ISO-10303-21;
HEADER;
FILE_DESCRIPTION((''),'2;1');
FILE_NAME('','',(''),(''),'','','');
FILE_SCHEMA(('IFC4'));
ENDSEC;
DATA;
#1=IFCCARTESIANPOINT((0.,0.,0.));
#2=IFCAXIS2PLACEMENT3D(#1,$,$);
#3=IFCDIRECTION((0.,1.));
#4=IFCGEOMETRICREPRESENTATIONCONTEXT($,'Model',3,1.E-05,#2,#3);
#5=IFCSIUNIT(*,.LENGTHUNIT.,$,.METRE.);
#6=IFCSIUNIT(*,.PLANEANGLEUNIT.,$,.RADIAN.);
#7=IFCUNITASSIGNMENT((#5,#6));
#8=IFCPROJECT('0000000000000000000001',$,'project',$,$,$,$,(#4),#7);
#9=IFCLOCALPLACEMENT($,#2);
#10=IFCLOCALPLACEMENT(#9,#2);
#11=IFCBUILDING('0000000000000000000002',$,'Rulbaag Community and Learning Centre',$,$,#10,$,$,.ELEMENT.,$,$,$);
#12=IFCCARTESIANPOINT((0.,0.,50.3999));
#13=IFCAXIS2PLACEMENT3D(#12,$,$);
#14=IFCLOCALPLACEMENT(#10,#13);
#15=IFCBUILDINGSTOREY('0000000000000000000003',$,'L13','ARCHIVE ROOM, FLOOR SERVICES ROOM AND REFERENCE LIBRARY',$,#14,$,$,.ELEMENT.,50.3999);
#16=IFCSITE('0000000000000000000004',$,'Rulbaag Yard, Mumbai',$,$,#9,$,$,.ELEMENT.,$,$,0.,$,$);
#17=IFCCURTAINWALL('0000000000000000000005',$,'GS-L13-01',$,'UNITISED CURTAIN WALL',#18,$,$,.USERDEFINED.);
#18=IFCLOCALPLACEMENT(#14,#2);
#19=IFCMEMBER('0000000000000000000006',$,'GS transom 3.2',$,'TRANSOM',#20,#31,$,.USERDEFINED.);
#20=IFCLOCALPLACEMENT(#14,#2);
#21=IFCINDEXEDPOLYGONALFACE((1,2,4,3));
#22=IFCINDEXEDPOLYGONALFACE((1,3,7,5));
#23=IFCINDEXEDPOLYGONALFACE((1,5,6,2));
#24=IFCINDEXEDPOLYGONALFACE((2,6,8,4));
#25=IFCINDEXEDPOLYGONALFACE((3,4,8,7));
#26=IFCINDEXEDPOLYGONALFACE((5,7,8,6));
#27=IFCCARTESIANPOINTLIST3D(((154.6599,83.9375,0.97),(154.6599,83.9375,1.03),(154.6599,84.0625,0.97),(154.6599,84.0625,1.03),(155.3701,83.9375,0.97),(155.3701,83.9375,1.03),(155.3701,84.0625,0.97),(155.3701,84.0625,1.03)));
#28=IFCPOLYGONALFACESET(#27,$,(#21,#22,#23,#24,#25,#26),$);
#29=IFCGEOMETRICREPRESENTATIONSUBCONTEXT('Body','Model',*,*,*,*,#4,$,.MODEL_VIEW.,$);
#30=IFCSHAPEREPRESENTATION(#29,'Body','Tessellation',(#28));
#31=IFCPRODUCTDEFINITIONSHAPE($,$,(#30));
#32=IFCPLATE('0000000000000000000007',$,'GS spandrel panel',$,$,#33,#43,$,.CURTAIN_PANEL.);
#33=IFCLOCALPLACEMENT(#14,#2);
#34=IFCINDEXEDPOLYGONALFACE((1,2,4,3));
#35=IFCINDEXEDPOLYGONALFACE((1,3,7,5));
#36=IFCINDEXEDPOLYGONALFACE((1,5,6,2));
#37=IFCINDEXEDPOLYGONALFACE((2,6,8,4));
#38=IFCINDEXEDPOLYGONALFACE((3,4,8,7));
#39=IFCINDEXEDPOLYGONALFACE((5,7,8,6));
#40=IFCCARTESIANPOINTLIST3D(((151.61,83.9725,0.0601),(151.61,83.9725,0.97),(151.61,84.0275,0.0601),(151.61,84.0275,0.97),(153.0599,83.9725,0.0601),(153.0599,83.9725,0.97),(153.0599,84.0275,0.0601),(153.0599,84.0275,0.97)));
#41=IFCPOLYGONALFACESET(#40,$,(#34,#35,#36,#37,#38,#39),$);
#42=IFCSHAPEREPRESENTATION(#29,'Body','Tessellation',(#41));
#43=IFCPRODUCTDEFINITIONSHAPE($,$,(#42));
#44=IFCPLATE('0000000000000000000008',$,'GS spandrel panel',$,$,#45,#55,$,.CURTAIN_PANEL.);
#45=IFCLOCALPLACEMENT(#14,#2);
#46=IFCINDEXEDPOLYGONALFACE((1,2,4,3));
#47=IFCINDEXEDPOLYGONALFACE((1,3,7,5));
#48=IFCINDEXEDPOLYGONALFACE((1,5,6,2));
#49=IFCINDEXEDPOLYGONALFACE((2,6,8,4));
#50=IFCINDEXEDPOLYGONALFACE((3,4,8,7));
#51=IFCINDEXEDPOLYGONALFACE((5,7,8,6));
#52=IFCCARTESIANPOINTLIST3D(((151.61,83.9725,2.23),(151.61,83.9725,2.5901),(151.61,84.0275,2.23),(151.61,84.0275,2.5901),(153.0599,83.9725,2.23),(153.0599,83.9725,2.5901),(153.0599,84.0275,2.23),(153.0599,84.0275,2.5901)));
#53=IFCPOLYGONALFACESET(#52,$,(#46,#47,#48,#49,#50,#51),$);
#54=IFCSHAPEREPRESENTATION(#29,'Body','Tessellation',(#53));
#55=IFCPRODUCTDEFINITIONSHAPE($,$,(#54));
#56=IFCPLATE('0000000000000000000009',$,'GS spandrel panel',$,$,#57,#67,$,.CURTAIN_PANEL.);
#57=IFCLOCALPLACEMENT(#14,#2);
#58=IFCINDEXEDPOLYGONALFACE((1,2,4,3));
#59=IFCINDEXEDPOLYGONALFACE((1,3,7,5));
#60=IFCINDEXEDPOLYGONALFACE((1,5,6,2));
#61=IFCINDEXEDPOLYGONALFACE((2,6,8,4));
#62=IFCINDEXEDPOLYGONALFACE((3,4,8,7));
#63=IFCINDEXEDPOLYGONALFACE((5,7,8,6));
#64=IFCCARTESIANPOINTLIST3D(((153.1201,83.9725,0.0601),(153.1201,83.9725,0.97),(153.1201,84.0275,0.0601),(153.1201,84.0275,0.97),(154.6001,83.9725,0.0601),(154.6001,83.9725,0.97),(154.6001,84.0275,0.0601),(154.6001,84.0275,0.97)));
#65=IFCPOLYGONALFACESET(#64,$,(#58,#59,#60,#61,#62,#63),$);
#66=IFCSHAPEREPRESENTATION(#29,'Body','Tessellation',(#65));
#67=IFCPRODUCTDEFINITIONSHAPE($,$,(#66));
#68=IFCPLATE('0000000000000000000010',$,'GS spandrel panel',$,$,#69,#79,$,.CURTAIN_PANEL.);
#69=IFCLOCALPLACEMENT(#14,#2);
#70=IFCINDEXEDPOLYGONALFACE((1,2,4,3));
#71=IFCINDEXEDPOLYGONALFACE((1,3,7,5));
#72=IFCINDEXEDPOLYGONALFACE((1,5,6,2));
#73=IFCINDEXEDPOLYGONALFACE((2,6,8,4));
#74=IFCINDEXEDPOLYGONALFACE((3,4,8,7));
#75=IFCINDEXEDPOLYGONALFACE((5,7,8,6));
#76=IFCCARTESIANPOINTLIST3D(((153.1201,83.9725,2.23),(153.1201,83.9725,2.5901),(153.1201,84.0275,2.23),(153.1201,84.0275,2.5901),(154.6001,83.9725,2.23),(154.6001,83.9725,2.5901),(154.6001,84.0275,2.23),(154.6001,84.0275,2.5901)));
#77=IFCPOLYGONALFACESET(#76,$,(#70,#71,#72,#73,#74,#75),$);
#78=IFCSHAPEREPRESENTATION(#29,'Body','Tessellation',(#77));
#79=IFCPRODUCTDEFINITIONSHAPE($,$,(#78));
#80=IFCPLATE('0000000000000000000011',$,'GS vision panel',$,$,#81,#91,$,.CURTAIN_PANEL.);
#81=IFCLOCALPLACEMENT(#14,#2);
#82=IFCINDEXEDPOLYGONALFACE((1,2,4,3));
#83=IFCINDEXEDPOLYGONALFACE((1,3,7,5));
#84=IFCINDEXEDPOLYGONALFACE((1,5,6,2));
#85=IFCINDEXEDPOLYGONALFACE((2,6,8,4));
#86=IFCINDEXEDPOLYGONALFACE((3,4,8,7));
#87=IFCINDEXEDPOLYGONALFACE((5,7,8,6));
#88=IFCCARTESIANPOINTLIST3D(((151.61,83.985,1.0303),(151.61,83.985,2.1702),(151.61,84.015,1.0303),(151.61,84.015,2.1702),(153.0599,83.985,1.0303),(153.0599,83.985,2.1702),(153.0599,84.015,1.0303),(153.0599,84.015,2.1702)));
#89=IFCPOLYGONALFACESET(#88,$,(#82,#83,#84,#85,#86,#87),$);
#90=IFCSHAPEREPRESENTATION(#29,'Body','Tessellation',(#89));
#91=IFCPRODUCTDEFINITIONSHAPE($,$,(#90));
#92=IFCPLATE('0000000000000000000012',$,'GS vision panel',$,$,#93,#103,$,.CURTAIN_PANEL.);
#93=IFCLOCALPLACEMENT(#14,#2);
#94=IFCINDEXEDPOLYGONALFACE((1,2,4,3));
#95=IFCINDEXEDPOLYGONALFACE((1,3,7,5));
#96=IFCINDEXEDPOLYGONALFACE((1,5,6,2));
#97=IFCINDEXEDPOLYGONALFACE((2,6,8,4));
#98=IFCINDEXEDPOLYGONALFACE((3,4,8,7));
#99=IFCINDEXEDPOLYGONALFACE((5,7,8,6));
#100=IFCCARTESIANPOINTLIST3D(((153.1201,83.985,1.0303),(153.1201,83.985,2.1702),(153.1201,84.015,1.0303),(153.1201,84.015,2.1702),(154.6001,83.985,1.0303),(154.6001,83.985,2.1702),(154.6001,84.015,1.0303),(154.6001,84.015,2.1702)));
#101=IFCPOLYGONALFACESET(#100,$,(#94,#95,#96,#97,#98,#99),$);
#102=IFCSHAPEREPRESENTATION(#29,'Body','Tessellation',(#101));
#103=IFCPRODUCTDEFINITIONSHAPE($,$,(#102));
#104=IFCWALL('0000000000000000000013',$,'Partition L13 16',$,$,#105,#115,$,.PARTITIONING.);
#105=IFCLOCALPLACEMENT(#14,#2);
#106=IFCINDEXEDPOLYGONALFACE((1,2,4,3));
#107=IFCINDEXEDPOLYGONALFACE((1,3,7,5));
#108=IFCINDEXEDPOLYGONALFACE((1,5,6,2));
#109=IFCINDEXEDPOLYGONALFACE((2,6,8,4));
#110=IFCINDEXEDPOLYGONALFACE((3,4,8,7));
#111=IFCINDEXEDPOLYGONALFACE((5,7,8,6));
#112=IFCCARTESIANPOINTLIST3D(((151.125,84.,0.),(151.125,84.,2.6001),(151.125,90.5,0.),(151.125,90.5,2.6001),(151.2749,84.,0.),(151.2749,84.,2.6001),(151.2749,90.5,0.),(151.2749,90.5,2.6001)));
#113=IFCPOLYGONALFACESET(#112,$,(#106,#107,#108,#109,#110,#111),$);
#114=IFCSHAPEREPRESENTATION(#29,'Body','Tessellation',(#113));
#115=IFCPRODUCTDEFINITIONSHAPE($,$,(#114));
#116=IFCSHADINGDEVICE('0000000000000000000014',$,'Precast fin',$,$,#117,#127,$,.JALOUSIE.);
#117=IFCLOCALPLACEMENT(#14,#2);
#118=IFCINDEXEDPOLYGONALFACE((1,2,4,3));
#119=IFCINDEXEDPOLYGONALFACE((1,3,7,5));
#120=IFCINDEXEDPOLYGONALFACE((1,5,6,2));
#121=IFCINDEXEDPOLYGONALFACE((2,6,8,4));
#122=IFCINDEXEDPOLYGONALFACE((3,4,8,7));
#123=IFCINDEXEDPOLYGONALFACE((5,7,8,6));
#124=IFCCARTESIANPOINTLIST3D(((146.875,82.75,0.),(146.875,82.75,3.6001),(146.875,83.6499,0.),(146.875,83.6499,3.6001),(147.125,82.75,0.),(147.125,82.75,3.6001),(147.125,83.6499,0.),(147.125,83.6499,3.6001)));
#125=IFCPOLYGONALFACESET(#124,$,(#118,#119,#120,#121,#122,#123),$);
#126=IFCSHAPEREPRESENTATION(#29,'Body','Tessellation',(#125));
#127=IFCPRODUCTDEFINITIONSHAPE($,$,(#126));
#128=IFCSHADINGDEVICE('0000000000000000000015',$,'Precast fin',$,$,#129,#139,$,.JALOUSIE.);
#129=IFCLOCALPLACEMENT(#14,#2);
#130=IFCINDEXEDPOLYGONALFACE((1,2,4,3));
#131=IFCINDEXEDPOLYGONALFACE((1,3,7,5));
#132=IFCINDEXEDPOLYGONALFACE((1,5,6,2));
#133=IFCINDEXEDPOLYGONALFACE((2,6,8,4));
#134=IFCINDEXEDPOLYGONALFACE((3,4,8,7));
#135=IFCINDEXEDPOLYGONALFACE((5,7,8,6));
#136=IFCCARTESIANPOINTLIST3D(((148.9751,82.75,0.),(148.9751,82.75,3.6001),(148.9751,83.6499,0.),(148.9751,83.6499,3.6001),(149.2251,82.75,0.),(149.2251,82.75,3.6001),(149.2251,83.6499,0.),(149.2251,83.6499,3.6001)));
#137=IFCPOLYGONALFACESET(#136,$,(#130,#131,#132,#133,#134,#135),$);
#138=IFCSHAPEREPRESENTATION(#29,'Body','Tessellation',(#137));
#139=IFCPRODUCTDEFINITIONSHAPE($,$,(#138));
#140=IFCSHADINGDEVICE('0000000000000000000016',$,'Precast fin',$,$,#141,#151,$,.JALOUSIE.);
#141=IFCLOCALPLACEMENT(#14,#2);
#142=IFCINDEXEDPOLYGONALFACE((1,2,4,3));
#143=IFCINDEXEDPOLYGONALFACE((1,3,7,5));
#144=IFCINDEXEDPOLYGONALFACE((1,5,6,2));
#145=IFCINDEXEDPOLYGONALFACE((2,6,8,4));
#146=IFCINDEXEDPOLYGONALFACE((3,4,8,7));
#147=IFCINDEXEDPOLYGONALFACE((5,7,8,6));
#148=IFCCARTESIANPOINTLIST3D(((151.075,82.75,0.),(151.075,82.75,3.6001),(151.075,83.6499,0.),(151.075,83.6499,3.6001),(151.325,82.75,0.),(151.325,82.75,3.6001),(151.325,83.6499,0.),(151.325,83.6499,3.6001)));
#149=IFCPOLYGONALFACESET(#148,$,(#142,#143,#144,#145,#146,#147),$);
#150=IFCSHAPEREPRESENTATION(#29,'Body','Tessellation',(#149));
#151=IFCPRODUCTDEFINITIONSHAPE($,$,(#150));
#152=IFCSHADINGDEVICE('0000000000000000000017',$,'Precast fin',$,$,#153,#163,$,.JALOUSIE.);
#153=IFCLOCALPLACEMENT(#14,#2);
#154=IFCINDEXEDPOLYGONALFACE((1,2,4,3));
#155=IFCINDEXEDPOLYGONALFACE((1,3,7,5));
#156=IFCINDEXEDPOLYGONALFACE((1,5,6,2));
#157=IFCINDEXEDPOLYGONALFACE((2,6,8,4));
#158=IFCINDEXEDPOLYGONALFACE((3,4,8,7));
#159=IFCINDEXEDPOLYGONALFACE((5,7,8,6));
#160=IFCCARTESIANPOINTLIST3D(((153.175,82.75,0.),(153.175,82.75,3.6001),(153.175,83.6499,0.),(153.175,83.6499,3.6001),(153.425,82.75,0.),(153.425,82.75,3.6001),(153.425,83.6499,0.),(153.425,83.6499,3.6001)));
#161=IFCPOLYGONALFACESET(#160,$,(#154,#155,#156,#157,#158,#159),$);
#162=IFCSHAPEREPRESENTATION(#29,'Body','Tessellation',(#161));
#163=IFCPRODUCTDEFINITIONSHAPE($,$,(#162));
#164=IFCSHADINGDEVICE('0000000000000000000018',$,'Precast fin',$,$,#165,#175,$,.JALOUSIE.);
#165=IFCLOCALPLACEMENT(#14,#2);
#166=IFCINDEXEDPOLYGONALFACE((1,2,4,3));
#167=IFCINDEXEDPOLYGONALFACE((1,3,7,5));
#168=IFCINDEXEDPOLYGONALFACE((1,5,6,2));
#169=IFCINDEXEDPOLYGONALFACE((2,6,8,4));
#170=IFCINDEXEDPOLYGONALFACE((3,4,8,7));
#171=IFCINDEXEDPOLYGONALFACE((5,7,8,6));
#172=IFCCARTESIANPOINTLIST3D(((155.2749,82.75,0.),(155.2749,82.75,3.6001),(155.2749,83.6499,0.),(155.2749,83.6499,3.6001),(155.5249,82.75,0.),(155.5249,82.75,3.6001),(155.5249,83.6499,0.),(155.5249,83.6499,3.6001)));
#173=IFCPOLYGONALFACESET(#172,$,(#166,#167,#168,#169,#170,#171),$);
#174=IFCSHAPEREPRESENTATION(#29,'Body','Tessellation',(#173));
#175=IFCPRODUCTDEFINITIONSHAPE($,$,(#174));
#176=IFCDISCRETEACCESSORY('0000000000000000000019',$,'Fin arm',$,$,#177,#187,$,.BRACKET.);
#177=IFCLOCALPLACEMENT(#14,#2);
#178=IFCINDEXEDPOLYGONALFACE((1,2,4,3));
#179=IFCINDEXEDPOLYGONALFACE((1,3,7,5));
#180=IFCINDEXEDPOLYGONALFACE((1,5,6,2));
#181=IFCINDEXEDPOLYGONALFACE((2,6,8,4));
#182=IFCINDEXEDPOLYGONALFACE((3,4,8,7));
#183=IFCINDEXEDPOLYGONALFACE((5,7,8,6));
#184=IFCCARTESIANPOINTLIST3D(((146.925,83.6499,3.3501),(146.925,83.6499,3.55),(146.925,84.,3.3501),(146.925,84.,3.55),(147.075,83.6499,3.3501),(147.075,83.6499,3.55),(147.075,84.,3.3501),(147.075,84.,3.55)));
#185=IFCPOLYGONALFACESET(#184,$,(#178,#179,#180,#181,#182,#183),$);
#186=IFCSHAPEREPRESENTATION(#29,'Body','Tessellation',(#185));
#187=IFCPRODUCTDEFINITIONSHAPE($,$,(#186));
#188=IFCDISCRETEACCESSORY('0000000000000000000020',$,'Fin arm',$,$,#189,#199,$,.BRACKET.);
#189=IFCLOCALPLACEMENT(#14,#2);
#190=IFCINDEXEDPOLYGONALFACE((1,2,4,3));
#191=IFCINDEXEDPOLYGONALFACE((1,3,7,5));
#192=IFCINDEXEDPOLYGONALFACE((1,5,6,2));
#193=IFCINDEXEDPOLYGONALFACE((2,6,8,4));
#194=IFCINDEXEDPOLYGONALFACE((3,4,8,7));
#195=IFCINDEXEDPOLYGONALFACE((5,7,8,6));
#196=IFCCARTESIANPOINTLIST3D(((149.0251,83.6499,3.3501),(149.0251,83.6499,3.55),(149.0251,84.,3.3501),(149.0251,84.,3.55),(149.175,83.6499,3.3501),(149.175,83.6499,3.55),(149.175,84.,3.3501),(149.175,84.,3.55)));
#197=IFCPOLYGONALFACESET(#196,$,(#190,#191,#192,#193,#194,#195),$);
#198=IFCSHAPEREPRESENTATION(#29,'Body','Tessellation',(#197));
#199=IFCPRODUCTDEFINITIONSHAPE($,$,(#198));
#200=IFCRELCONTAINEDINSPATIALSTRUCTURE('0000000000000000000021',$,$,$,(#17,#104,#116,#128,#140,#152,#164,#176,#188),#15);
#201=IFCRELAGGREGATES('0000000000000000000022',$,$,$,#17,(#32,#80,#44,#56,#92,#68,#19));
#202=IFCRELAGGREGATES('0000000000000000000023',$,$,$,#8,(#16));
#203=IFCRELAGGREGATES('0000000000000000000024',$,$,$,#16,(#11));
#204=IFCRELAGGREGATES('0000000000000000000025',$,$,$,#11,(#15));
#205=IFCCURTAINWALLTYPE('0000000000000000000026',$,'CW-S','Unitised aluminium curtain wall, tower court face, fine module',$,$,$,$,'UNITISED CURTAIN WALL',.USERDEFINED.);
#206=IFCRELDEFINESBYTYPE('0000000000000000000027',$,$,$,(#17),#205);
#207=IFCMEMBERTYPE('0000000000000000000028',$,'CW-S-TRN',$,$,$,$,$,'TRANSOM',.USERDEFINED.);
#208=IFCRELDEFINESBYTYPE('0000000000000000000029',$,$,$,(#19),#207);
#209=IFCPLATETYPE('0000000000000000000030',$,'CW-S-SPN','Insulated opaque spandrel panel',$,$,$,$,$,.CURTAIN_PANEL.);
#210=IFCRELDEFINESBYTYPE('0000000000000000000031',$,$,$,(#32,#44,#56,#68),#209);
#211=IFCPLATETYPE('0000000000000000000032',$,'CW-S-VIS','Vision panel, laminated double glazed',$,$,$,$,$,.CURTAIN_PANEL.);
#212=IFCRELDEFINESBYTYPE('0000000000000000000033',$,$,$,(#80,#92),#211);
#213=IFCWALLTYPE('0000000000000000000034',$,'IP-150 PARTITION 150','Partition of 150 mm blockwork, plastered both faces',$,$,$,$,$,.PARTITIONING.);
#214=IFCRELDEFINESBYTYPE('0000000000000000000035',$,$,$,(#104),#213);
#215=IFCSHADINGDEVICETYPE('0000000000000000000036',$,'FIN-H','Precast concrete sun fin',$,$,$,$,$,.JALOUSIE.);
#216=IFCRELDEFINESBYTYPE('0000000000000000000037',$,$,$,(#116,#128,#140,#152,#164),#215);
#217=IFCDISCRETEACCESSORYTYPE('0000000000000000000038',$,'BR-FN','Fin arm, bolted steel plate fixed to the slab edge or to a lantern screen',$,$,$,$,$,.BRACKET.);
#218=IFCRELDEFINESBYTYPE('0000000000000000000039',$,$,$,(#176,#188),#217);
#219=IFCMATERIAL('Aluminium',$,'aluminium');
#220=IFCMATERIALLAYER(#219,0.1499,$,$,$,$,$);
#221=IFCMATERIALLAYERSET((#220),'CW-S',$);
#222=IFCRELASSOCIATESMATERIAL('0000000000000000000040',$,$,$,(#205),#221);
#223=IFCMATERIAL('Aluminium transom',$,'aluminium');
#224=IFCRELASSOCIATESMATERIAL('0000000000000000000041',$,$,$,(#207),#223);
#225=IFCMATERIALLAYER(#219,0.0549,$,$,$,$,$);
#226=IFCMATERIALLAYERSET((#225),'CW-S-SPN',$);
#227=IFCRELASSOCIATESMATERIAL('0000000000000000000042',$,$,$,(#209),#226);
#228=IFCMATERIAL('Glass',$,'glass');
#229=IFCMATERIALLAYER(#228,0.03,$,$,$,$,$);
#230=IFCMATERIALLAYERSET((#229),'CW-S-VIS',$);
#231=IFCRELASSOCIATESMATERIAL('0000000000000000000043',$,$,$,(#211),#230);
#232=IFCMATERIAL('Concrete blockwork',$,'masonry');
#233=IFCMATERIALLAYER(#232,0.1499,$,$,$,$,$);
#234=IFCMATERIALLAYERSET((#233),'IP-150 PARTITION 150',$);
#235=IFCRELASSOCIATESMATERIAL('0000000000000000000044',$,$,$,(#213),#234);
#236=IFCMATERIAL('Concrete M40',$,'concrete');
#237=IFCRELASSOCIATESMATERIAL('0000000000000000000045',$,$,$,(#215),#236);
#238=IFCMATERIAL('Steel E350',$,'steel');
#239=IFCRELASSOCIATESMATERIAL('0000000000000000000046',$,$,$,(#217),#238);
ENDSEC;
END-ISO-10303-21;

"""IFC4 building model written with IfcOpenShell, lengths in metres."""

from ifc_helpers import new_model, si_unit, direction, frame, frame_2d, origin, origin_2d, place, context, subcontext, project, spatial, rectangle, extrude, material, layer, layer_set, material_profile, profile_set, type_object, element, aggregate, save


model = new_model("IFC4")

# Units and contexts
model_context = context("Model", 3, precision=1e-05, world=origin(), true_north=direction((0.0, 1.0)))
body_context = subcontext(model_context, "Body", "Model", "MODEL_VIEW")
ifc_project = project(units=[si_unit("LENGTHUNIT", "METRE"), si_unit("PLANEANGLEUNIT", "RADIAN")], contexts=[model_context])

# Site, building, storey
site_placement = place(None, origin())
site = spatial("IfcSite", under=ifc_project, at=site_placement, Name="Rulbaag Yard, Mumbai", CompositionType="ELEMENT", RefElevation=0.0)
building_placement = place(site_placement, origin())
building = spatial("IfcBuilding", under=site, at=building_placement, Name="Rulbaag Community and Learning Centre", CompositionType="ELEMENT")
storey_placement = place(building_placement, frame((0.0, 0.0, 50.3999)))
storey = spatial("IfcBuildingStorey", under=building, at=storey_placement, Name="L13", Description="ARCHIVE ROOM, FLOOR SERVICES ROOM AND REFERENCE LIBRARY", CompositionType="ELEMENT", Elevation=50.3999)

# Shared definitions
ifc_material_1 = material(Name="Concrete M40", Category="concrete")

# Curtain wall, member, plates
ifc_material_2 = material(Name="Aluminium", Category="aluminium")
ifc_layer_1 = layer(ifc_material_2, 0.1499)
ifc_layer_set_1 = layer_set([ifc_layer_1], Name="CW-S")
curtain_wall_type = type_object("IfcCurtainWallType", Name="CW-S", Description="Unitised aluminium curtain wall, tower court face, fine module", ElementType="UNITISED CURTAIN WALL", PredefinedType="USERDEFINED", material=ifc_layer_set_1)
curtain_wall_placement = place(storey_placement, origin())
curtain_wall = element("IfcCurtainWall", 1, at=curtain_wall_placement, inside=storey, type_object=curtain_wall_type, Name="GS-L13-01", ObjectType="UNITISED CURTAIN WALL", PredefinedType="USERDEFINED")
ifc_material_3 = material(Name="Aluminium transom", Category="aluminium")
ifc_material_profile_1 = material_profile(ifc_material_3, rectangle(XDim=0.125, YDim=0.0601, at=origin_2d()), Name="AL 60x125 T")
ifc_profile_set_1 = profile_set([ifc_material_profile_1], Name="Aluminium transom")
member_type_1 = type_object("IfcMemberType", Name="CW-S-TRN", ElementType="TRANSOM", PredefinedType="USERDEFINED", material=ifc_profile_set_1)
member_1_placement = place(storey_placement, frame((154.6599, 84.0, 1.0), z_axis=(1.0, 0.0, 0.0), x_axis=(0.0, 1.0, 0.0)))
member_1 = element("IfcMember", 2, at=member_1_placement, type_object=member_type_1, Name="GS transom 3.2", ObjectType="TRANSOM", PredefinedType="USERDEFINED", context=body_context, shape_type="SweptSolid", body=[
    extrude(rectangle(XDim=0.125, YDim=0.0601, at=origin_2d()), origin(), (0.0, 0.0, 1.0), 0.7102),
])
ifc_layer_2 = layer(ifc_material_2, 0.0549)
ifc_layer_set_2 = layer_set([ifc_layer_2], Name="CW-S-SPN")
plate_type_1 = type_object("IfcPlateType", Name="CW-S-SPN", Description="Insulated opaque spandrel panel", PredefinedType="CURTAIN_PANEL", material=ifc_layer_set_2)
plate_1_placement = place(storey_placement, frame((152.335, 84.0, 0.0601), z_axis=(0.0, 0.0, 1.0), x_axis=(1.0, 0.0, 0.0)))
plate_1 = element("IfcPlate", 3, at=plate_1_placement, type_object=plate_type_1, Name="GS spandrel panel", PredefinedType="CURTAIN_PANEL", context=body_context, shape_type="SweptSolid", body=[
    extrude(rectangle(XDim=1.45, YDim=0.0549, at=origin_2d()), origin(), (0.0, 0.0, 1.0), 0.9099),
])
plate_2_placement = place(storey_placement, frame((152.335, 84.0, 2.23), z_axis=(0.0, 0.0, 1.0), x_axis=(1.0, 0.0, 0.0)))
plate_2 = element("IfcPlate", 4, at=plate_2_placement, type_object=plate_type_1, Name="GS spandrel panel", PredefinedType="CURTAIN_PANEL", context=body_context, shape_type="SweptSolid", body=[
    extrude(rectangle(XDim=1.45, YDim=0.0549, at=origin_2d()), origin(), (0.0, 0.0, 1.0), 0.3601),
])
plate_3_placement = place(storey_placement, frame((153.8601, 84.0, 0.0601), z_axis=(0.0, 0.0, 1.0), x_axis=(1.0, 0.0, 0.0)))
plate_3 = element("IfcPlate", 5, at=plate_3_placement, type_object=plate_type_1, Name="GS spandrel panel", PredefinedType="CURTAIN_PANEL", context=body_context, shape_type="SweptSolid", body=[
    extrude(rectangle(XDim=1.48, YDim=0.0549, at=origin_2d()), origin(), (0.0, 0.0, 1.0), 0.9099),
])
plate_4_placement = place(storey_placement, frame((153.8601, 84.0, 2.23), z_axis=(0.0, 0.0, 1.0), x_axis=(1.0, 0.0, 0.0)))
plate_4 = element("IfcPlate", 6, at=plate_4_placement, type_object=plate_type_1, Name="GS spandrel panel", PredefinedType="CURTAIN_PANEL", context=body_context, shape_type="SweptSolid", body=[
    extrude(rectangle(XDim=1.48, YDim=0.0549, at=origin_2d()), origin(), (0.0, 0.0, 1.0), 0.3601),
])
ifc_material_4 = material(Name="Glass", Category="glass")
ifc_layer_3 = layer(ifc_material_4, 0.03)
ifc_layer_set_3 = layer_set([ifc_layer_3], Name="CW-S-VIS")
plate_type_2 = type_object("IfcPlateType", Name="CW-S-VIS", Description="Vision panel, laminated double glazed", PredefinedType="CURTAIN_PANEL", material=ifc_layer_set_3)
plate_5_placement = place(storey_placement, frame((152.335, 84.0, 1.0303), z_axis=(0.0, 0.0, 1.0), x_axis=(1.0, 0.0, 0.0)))
plate_5 = element("IfcPlate", 7, at=plate_5_placement, type_object=plate_type_2, Name="GS vision panel", PredefinedType="CURTAIN_PANEL", context=body_context, shape_type="SweptSolid", body=[
    extrude(rectangle(XDim=1.45, YDim=0.03, at=origin_2d()), origin(), (0.0, 0.0, 1.0), 1.1399),
])
plate_6_placement = place(storey_placement, frame((153.8601, 84.0, 1.0303), z_axis=(0.0, 0.0, 1.0), x_axis=(1.0, 0.0, 0.0)))
plate_6 = element("IfcPlate", 8, at=plate_6_placement, type_object=plate_type_2, Name="GS vision panel", PredefinedType="CURTAIN_PANEL", context=body_context, shape_type="SweptSolid", body=[
    extrude(rectangle(XDim=1.48, YDim=0.03, at=origin_2d()), origin(), (0.0, 0.0, 1.0), 1.1399),
])
aggregate(curtain_wall, [plate_1, plate_5, plate_2, plate_3, plate_6, plate_4, member_1])

# Wall
ifc_material_5 = material(Name="Concrete blockwork", Category="masonry")
ifc_layer_4 = layer(ifc_material_5, 0.1499)
ifc_layer_set_4 = layer_set([ifc_layer_4], Name="IP-150 PARTITION 150")
wall_type = type_object("IfcWallType", Name="IP-150 PARTITION 150", Description="Partition of 150 mm blockwork, plastered both faces", PredefinedType="PARTITIONING", material=ifc_layer_set_4)
wall_placement = place(storey_placement, frame((151.2, 84.0, 0.0), z_axis=(0.0, 0.0, 1.0), x_axis=(0.0, 1.0, 0.0)))
element("IfcWall", 9, at=wall_placement, inside=storey, type_object=wall_type, Name="Partition L13 16", PredefinedType="PARTITIONING", context=body_context, shape_type="SweptSolid", body=[
    extrude(rectangle(XDim=6.5, YDim=0.1499, at=frame_2d((3.25, 0.0))), origin(), (0.0, 0.0, 1.0), 2.6001),
])

# Shading devices
ifc_material_profile_2 = material_profile(ifc_material_1, rectangle(XDim=0.25, YDim=0.8999, at=origin_2d()), Name="PC 250x900")
ifc_profile_set_2 = profile_set([ifc_material_profile_2], Name="Concrete M40")
shading_device_type = type_object("IfcShadingDeviceType", Name="FIN-H", Description="Precast concrete sun fin", PredefinedType="JALOUSIE", material=ifc_profile_set_2)
for number, where, z_axis, x_axis, name in (
    (10, (147.0, 83.2, 0.0), (0.0, 0.0, 1.0), (1.0, 0.0, 0.0), "Precast fin"),
    (11, (149.1001, 83.2, 0.0), (0.0, 0.0, 1.0), (1.0, 0.0, 0.0), "Precast fin"),
    (12, (151.2, 83.2, 0.0), (0.0, 0.0, 1.0), (1.0, 0.0, 0.0), "Precast fin"),
    (13, (153.3, 83.2, 0.0), (0.0, 0.0, 1.0), (1.0, 0.0, 0.0), "Precast fin"),
    (14, (155.3999, 83.2, 0.0), (0.0, 0.0, 1.0), (1.0, 0.0, 0.0), "Precast fin"),
):
    element("IfcShadingDevice", number, at=place(storey_placement, frame(where, z_axis=z_axis, x_axis=x_axis)), inside=storey, type_object=shading_device_type, Name=name, PredefinedType="JALOUSIE", context=body_context, shape_type="SweptSolid", body=[
        extrude(rectangle(XDim=0.25, YDim=0.8999, at=origin_2d()), origin(), (0.0, 0.0, 1.0), 3.6001),
    ])

# Discrete accessories
ifc_material_6 = material(Name="Steel E350", Category="steel")
discrete_accessory_type = type_object("IfcDiscreteAccessoryType", Name="BR-FN", Description="Fin arm, bolted steel plate fixed to the slab edge or to a lantern screen", PredefinedType="BRACKET", material=ifc_material_6)
for number, where, z_axis, x_axis, name in (
    (15, (147.0, 83.825, 3.3501), (0.0, 0.0, 1.0), (1.0, 0.0, 0.0), "Fin arm"),
    (16, (149.1001, 83.825, 3.3501), (0.0, 0.0, 1.0), (1.0, 0.0, 0.0), "Fin arm"),
):
    element("IfcDiscreteAccessory", number, at=place(storey_placement, frame(where, z_axis=z_axis, x_axis=x_axis)), inside=storey, type_object=discrete_accessory_type, Name=name, PredefinedType="BRACKET", context=body_context, shape_type="SweptSolid", body=[
        extrude(rectangle(XDim=0.1499, YDim=0.3501, at=origin_2d()), origin(), (0.0, 0.0, 1.0), 0.2),
    ])

save(model, "model.ifc")
